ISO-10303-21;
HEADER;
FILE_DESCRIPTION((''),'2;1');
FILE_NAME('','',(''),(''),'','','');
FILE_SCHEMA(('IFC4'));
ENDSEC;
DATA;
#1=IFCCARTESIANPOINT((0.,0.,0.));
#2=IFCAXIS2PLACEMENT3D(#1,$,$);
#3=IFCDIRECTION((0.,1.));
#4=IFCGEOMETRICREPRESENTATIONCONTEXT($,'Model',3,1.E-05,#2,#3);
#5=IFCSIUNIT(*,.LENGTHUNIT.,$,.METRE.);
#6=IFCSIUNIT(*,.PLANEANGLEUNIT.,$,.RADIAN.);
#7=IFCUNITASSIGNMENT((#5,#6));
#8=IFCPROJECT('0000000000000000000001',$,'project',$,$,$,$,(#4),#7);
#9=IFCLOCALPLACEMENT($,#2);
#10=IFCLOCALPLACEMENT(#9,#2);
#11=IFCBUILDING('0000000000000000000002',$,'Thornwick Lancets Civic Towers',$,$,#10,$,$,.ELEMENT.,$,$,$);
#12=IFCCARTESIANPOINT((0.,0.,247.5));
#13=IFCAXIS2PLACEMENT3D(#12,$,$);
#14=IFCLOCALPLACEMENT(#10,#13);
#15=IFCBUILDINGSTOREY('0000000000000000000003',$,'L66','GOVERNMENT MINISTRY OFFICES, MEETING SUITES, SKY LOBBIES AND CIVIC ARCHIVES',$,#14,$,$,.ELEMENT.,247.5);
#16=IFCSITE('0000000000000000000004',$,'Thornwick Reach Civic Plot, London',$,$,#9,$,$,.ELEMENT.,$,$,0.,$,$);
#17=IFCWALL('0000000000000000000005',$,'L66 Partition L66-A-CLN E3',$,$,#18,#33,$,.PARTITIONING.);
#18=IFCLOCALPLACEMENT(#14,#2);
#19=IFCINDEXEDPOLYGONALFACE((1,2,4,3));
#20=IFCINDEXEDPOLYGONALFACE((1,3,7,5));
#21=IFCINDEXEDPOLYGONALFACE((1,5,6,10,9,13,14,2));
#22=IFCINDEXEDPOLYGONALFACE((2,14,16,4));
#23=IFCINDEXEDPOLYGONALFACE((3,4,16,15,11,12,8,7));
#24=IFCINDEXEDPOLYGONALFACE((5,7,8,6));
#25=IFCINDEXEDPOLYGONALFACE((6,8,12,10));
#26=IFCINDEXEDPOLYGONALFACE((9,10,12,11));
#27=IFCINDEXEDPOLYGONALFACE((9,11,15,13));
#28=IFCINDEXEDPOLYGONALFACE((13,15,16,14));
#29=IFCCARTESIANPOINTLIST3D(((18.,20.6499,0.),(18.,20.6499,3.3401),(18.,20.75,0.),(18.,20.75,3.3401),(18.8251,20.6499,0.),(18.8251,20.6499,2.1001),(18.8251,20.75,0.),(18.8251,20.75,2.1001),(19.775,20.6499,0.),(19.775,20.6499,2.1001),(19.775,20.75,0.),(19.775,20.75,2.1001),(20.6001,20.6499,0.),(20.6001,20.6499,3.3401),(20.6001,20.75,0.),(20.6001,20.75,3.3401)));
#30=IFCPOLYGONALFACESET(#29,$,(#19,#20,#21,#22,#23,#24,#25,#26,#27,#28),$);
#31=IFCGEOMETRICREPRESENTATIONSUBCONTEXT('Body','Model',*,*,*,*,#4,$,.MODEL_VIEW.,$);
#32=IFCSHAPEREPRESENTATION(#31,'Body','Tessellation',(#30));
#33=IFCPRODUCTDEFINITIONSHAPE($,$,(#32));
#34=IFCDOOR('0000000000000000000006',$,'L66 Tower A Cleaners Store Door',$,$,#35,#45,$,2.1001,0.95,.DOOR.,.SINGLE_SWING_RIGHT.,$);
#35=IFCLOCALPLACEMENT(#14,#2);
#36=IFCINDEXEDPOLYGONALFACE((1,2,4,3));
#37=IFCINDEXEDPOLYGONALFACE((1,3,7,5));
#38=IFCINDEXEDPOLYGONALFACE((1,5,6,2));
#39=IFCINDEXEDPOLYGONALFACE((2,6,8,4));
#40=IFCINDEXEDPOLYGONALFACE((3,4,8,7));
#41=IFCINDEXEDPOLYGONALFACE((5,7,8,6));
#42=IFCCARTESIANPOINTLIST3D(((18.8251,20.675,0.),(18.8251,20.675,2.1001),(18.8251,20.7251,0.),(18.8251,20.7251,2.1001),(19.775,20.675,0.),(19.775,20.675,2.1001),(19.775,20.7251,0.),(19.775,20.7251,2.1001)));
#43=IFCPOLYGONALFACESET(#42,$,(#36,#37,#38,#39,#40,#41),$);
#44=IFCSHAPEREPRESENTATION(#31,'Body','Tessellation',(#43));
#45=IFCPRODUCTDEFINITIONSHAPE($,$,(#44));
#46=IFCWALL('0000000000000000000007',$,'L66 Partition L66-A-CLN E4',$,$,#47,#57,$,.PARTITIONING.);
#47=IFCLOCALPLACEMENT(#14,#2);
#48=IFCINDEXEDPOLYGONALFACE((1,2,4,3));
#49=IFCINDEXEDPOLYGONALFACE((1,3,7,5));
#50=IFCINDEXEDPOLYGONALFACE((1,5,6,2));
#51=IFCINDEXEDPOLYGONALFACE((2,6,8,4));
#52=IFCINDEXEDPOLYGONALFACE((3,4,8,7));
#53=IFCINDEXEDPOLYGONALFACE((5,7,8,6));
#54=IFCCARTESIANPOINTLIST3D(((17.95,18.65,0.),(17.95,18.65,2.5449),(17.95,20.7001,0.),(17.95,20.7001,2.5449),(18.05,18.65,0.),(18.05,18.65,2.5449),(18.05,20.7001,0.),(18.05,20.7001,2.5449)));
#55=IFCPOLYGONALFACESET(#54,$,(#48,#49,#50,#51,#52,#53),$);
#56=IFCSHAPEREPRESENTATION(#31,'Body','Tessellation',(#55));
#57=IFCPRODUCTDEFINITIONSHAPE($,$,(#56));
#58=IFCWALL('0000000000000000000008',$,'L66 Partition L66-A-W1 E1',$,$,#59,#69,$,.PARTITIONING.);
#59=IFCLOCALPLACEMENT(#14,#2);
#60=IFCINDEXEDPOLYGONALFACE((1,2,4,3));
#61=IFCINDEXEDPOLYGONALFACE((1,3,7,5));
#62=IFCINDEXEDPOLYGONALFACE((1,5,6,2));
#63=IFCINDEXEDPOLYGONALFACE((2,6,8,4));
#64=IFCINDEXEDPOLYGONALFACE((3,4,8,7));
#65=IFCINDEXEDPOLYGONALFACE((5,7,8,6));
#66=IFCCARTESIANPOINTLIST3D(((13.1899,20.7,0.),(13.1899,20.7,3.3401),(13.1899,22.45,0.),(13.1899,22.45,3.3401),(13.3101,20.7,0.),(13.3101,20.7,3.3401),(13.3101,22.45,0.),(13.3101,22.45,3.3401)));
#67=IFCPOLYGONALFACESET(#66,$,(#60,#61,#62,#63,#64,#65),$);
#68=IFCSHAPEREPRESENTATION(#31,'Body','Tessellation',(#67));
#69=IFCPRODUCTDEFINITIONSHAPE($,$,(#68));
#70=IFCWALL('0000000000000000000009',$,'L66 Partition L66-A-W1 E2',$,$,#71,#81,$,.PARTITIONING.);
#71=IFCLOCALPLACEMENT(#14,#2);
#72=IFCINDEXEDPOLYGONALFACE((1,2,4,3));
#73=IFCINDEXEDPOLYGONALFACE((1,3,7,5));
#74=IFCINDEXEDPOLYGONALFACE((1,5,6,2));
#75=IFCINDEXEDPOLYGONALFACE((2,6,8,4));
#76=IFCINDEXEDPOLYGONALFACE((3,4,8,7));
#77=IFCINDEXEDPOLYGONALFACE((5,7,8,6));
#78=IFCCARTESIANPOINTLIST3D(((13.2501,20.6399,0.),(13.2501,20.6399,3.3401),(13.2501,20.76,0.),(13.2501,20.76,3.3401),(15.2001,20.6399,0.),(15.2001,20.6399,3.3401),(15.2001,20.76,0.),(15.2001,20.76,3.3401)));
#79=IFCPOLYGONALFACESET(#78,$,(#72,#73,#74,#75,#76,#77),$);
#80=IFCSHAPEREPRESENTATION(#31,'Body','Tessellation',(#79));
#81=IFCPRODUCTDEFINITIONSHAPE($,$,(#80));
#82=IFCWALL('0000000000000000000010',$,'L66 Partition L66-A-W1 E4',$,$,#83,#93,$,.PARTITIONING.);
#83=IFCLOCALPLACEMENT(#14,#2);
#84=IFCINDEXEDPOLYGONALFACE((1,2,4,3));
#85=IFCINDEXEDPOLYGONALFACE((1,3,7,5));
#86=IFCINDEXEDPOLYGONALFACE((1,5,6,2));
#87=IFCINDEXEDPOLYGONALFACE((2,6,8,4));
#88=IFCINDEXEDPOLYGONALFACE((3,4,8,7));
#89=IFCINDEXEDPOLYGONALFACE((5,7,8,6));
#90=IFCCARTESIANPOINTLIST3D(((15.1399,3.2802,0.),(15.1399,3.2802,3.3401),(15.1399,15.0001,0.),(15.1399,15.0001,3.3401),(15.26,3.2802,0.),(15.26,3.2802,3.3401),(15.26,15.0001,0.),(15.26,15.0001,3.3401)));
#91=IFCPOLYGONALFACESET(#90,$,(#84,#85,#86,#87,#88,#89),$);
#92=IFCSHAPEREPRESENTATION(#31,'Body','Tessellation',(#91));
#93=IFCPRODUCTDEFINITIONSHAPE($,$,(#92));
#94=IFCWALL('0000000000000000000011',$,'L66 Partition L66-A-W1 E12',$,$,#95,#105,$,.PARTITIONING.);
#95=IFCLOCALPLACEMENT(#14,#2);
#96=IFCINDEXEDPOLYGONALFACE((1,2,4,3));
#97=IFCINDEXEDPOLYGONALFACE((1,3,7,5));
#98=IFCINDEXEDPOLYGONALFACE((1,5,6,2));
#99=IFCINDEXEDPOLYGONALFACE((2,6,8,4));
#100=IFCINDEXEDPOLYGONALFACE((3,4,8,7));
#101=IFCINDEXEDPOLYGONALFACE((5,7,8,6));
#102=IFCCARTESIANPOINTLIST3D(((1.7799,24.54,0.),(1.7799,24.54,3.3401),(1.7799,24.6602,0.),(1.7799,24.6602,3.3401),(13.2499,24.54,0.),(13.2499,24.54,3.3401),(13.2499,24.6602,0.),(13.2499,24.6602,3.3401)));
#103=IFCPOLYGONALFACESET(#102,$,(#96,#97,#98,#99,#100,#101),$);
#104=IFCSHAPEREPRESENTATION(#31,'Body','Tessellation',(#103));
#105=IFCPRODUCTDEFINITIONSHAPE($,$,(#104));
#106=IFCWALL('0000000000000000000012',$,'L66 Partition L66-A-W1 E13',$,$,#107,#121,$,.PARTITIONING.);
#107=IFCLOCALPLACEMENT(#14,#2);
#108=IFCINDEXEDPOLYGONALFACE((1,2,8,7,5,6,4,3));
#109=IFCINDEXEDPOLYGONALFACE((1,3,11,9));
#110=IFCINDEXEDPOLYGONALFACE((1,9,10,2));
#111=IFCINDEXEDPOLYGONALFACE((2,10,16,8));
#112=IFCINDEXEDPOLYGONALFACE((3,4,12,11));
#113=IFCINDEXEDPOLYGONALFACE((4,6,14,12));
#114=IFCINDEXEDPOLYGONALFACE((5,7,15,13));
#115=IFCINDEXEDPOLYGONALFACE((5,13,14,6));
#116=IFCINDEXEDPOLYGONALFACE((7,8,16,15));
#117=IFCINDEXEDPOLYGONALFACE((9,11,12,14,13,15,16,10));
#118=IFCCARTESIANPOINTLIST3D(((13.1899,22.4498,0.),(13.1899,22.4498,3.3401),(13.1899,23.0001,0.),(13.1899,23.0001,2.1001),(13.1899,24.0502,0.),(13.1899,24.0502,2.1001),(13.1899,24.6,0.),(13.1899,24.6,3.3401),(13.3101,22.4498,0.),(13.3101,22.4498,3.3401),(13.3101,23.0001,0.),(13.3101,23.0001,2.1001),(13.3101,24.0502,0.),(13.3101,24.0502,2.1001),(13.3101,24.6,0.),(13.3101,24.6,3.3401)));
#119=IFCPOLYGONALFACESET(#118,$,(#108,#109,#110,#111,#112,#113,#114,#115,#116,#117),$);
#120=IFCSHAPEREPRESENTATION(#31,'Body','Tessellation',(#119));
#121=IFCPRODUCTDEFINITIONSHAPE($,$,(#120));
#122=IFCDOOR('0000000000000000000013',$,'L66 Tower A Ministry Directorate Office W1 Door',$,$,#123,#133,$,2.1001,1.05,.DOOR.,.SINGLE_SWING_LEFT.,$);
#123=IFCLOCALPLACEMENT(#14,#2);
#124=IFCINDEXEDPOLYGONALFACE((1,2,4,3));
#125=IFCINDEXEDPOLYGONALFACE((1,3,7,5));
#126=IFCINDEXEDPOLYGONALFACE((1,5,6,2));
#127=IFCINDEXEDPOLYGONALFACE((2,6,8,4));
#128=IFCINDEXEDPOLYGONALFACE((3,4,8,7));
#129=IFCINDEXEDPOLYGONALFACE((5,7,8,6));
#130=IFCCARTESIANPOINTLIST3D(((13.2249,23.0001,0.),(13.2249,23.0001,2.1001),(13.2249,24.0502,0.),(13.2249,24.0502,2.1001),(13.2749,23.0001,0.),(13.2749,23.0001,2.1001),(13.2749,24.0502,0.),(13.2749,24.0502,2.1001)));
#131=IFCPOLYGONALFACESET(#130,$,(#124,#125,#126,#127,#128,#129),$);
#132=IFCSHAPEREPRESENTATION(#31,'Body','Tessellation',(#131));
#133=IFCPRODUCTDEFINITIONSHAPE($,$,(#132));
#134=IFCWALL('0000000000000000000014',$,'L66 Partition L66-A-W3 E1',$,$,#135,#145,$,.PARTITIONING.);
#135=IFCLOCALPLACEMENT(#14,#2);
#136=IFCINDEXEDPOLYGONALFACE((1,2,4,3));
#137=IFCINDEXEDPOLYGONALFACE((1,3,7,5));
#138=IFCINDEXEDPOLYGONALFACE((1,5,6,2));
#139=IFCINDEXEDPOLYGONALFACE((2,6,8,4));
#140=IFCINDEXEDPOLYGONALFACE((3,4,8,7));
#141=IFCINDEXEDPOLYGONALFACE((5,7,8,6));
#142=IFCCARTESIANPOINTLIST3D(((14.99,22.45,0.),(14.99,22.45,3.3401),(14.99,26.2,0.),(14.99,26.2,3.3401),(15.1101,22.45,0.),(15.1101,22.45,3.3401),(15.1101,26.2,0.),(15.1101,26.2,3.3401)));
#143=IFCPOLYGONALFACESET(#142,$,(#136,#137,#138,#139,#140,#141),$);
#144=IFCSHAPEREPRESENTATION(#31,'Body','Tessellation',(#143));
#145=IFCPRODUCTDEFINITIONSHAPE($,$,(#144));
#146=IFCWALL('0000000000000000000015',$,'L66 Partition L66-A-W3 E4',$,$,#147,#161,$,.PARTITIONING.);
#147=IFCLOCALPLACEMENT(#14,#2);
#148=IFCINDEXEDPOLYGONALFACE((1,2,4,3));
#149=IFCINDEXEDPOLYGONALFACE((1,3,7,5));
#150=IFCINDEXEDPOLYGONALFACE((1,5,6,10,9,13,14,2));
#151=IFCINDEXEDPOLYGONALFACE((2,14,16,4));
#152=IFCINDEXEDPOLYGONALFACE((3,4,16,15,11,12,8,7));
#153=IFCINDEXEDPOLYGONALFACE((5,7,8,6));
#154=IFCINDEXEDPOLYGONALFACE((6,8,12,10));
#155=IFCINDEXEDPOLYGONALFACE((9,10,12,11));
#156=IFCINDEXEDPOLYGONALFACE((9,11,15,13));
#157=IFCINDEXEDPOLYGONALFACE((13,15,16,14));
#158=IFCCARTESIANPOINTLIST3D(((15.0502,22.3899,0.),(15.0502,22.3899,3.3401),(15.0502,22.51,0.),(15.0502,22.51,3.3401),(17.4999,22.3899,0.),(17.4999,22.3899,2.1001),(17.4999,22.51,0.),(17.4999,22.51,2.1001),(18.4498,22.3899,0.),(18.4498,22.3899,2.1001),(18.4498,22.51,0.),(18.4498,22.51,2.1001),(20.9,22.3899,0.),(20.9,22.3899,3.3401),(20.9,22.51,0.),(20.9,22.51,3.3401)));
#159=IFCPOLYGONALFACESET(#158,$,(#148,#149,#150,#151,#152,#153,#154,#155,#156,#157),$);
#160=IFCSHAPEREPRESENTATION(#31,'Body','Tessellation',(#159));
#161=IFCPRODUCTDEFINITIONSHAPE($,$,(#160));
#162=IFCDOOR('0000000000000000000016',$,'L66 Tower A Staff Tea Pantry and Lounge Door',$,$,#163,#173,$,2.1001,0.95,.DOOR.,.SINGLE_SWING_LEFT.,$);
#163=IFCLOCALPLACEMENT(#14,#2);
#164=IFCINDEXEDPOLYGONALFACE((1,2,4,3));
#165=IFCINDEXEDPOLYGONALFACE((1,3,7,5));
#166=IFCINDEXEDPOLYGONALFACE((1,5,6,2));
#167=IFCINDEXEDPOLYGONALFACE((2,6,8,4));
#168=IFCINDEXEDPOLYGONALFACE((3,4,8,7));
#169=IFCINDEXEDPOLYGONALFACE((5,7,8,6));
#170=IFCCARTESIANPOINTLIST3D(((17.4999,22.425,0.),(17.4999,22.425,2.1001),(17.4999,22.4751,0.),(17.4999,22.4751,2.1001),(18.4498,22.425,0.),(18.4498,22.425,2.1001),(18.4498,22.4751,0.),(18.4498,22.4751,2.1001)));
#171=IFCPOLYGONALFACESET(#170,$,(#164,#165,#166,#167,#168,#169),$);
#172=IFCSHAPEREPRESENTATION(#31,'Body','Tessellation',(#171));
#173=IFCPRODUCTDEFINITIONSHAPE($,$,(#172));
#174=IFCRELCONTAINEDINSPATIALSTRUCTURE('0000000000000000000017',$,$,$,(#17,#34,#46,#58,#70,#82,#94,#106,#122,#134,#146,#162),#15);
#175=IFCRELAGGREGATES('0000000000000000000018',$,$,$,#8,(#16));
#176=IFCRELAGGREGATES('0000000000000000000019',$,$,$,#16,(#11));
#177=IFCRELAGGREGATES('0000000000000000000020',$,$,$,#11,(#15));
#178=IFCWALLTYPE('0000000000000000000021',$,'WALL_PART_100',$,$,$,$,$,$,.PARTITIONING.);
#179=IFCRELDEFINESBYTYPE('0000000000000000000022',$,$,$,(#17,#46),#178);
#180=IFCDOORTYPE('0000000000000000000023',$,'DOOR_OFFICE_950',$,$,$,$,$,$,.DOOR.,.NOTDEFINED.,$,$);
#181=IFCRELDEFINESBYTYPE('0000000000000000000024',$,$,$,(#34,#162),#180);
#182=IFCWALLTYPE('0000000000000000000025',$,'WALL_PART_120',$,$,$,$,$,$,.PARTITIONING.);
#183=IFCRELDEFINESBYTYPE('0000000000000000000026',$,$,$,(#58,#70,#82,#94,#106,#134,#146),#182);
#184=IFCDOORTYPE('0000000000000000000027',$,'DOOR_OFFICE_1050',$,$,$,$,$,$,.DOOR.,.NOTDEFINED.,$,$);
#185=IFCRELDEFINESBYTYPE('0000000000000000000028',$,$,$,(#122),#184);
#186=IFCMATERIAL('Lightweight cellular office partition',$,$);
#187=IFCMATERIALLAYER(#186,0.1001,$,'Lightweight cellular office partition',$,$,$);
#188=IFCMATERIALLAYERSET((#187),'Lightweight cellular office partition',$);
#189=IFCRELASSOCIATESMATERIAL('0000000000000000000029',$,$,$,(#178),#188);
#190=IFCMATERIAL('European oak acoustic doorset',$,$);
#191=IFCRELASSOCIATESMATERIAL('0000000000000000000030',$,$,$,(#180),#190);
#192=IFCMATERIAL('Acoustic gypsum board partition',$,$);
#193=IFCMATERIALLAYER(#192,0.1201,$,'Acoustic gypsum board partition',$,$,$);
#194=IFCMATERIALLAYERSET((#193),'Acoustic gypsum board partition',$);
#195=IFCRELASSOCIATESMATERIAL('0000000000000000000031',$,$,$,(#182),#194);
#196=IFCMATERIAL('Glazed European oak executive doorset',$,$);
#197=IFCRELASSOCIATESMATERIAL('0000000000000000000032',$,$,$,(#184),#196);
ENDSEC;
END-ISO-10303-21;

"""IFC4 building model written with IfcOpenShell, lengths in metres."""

from ifc_helpers import new_model, si_unit, direction, frame, frame_2d, origin, place, context, subcontext, project, spatial, rectangle, extrude, material, layer, layer_set, type_object, element, fill, save


model = new_model("IFC4")

# Units and contexts
model_context = context("Model", 3, precision=1e-05, world=origin(), true_north=direction((0.0, 1.0)))
body_context = subcontext(model_context, "Body", "Model", "MODEL_VIEW")
ifc_project = project(units=[si_unit("LENGTHUNIT", "METRE"), si_unit("PLANEANGLEUNIT", "RADIAN")], contexts=[model_context])

# Site, building, storey
site_placement = place(None, origin())
site = spatial("IfcSite", under=ifc_project, at=site_placement, Name="Thornwick Reach Civic Plot, London", CompositionType="ELEMENT", RefElevation=0.0)
building_placement = place(site_placement, origin())
building = spatial("IfcBuilding", under=site, at=building_placement, Name="Thornwick Lancets Civic Towers", CompositionType="ELEMENT")
storey_placement = place(building_placement, frame((0.0, 0.0, 247.5)))
storey = spatial("IfcBuildingStorey", under=building, at=storey_placement, Name="L66", Description="GOVERNMENT MINISTRY OFFICES, MEETING SUITES, SKY LOBBIES AND CIVIC ARCHIVES", CompositionType="ELEMENT", Elevation=247.5)

# Shared definitions
ifc_material_1 = material(Name="Lightweight cellular office partition")
ifc_layer_1 = layer(ifc_material_1, 0.1001, Name="Lightweight cellular office partition")
ifc_layer_set_1 = layer_set([ifc_layer_1], Name="Lightweight cellular office partition")
wall_type_1 = type_object("IfcWallType", Name="WALL_PART_100", PredefinedType="PARTITIONING", material=ifc_layer_set_1)

# Wall, opening, door
wall_1_placement = place(storey_placement, frame((20.6001, 20.7, 0.0), z_axis=(0.0, 0.0, 1.0), x_axis=(-1.0, 0.0, 0.0)))
wall_1 = element("IfcWall", 1, at=wall_1_placement, inside=storey, type_object=wall_type_1, Name="L66 Partition L66-A-CLN E3", PredefinedType="PARTITIONING", context=body_context, shape_type="SweptSolid", body=[
    extrude(rectangle(XDim=2.6001, YDim=0.1001, at=frame_2d((1.3, 0.0))), origin(), (0.0, 0.0, 1.0), 3.3401),
])
opening_1_placement = place(wall_1_placement, frame((0.825, 0.0, 0.0)))
opening_1 = element("IfcOpeningElement", 2, at=opening_1_placement, cuts=wall_1, PredefinedType="OPENING", context=body_context, shape_type="SweptSolid", body=[
    extrude(rectangle(XDim=0.95, YDim=2.1001, at=frame_2d((0.4751, 1.05))), frame((0.0, 0.0601, 0.0), z_axis=(0.0, -1.0, 0.0), x_axis=(1.0, 0.0, 0.0)), (0.0, 0.0, 1.0), 0.1201),
])
ifc_material_2 = material(Name="European oak acoustic doorset")
door_type_1 = type_object("IfcDoorType", Name="DOOR_OFFICE_950", OperationType="NOTDEFINED", PredefinedType="DOOR", material=ifc_material_2)
door_1_placement = place(opening_1_placement, origin())
door_1 = element("IfcDoor", 3, at=door_1_placement, inside=storey, type_object=door_type_1, Name="L66 Tower A Cleaners Store Door", OperationType="SINGLE_SWING_RIGHT", OverallHeight=2.1001, OverallWidth=0.95, PredefinedType="DOOR", context=body_context, shape_type="SweptSolid", body=[
    extrude(rectangle(XDim=0.95, YDim=2.1001, at=frame_2d((0.4751, 1.05))), frame((0.0, 0.0249, 0.0), z_axis=(0.0, -1.0, 0.0), x_axis=(1.0, 0.0, 0.0)), (0.0, 0.0, 1.0), 0.05),
])
fill(opening_1, door_1)

# Walls
wall_2_placement = place(storey_placement, frame((18.0, 20.7, 0.0), z_axis=(0.0, 0.0, 1.0), x_axis=(0.0, -1.0, 0.0)))
element("IfcWall", 4, at=wall_2_placement, inside=storey, type_object=wall_type_1, Name="L66 Partition L66-A-CLN E4", PredefinedType="PARTITIONING", context=body_context, shape_type="SweptSolid", body=[
    extrude(rectangle(XDim=2.05, YDim=0.1001, at=frame_2d((1.0249, 0.0))), origin(), (0.0, 0.0, 1.0), 2.5449),
])
ifc_material_3 = material(Name="Acoustic gypsum board partition")
ifc_layer_2 = layer(ifc_material_3, 0.1201, Name="Acoustic gypsum board partition")
ifc_layer_set_2 = layer_set([ifc_layer_2], Name="Acoustic gypsum board partition")
wall_type_2 = type_object("IfcWallType", Name="WALL_PART_120", PredefinedType="PARTITIONING", material=ifc_layer_set_2)
wall_3_placement = place(storey_placement, frame((13.25, 22.45, 0.0), z_axis=(0.0, 0.0, 1.0), x_axis=(0.0, -1.0, 0.0)))
element("IfcWall", 5, at=wall_3_placement, inside=storey, type_object=wall_type_2, Name="L66 Partition L66-A-W1 E1", PredefinedType="PARTITIONING", context=body_context, shape_type="SweptSolid", body=[
    extrude(rectangle(XDim=1.75, YDim=0.1201, at=frame_2d((0.875, 0.0))), origin(), (0.0, 0.0, 1.0), 3.3401),
])
wall_4_placement = place(storey_placement, frame((13.25, 20.7, 0.0), z_axis=(0.0, 0.0, 1.0), x_axis=(1.0, 0.0, 0.0)))
element("IfcWall", 6, at=wall_4_placement, inside=storey, type_object=wall_type_2, Name="L66 Partition L66-A-W1 E2", PredefinedType="PARTITIONING", context=body_context, shape_type="SweptSolid", body=[
    extrude(rectangle(XDim=1.95, YDim=0.1201, at=frame_2d((0.9751, 0.0))), origin(), (0.0, 0.0, 1.0), 3.3401),
])
wall_5_placement = place(storey_placement, frame((15.2, 15.0, 0.0), z_axis=(0.0, 0.0, 1.0), x_axis=(0.0, -1.0, 0.0)))
element("IfcWall", 7, at=wall_5_placement, inside=storey, type_object=wall_type_2, Name="L66 Partition L66-A-W1 E4", PredefinedType="PARTITIONING", context=body_context, shape_type="SweptSolid", body=[
    extrude(rectangle(XDim=11.72, YDim=0.1201, at=frame_2d((5.8599, 0.0))), origin(), (0.0, 0.0, 1.0), 3.3401),
])
wall_6_placement = place(storey_placement, frame((1.78, 24.6001, 0.0), z_axis=(0.0, 0.0, 1.0), x_axis=(1.0, 0.0, 0.0)))
element("IfcWall", 8, at=wall_6_placement, inside=storey, type_object=wall_type_2, Name="L66 Partition L66-A-W1 E12", PredefinedType="PARTITIONING", context=body_context, shape_type="SweptSolid", body=[
    extrude(rectangle(XDim=11.47, YDim=0.1201, at=frame_2d((5.7349, 0.0))), origin(), (0.0, 0.0, 1.0), 3.3401),
])

# Wall, opening, door
wall_7_placement = place(storey_placement, frame((13.25, 24.6001, 0.0), z_axis=(0.0, 0.0, 1.0), x_axis=(0.0, -1.0, 0.0)))
wall_7 = element("IfcWall", 9, at=wall_7_placement, inside=storey, type_object=wall_type_2, Name="L66 Partition L66-A-W1 E13", PredefinedType="PARTITIONING", context=body_context, shape_type="SweptSolid", body=[
    extrude(rectangle(XDim=2.1501, YDim=0.1201, at=frame_2d((1.0752, 0.0))), origin(), (0.0, 0.0, 1.0), 3.3401),
])
opening_2_placement = place(wall_7_placement, frame((0.55, 0.0, 0.0)))
opening_2 = element("IfcOpeningElement", 10, at=opening_2_placement, cuts=wall_7, PredefinedType="OPENING", context=body_context, shape_type="SweptSolid", body=[
    extrude(rectangle(XDim=1.05, YDim=2.1001, at=frame_2d((0.5249, 1.05))), frame((0.0, 0.0701, 0.0), z_axis=(0.0, -1.0, 0.0), x_axis=(1.0, 0.0, 0.0)), (0.0, 0.0, 1.0), 0.1401),
])
ifc_material_4 = material(Name="Glazed European oak executive doorset")
door_type_2 = type_object("IfcDoorType", Name="DOOR_OFFICE_1050", OperationType="NOTDEFINED", PredefinedType="DOOR", material=ifc_material_4)
door_2_placement = place(opening_2_placement, origin())
door_2 = element("IfcDoor", 11, at=door_2_placement, inside=storey, type_object=door_type_2, Name="L66 Tower A Ministry Directorate Office W1 Door", OperationType="SINGLE_SWING_LEFT", OverallHeight=2.1001, OverallWidth=1.05, PredefinedType="DOOR", context=body_context, shape_type="SweptSolid", body=[
    extrude(rectangle(XDim=1.05, YDim=2.1001, at=frame_2d((0.5249, 1.05))), frame((0.0, 0.0249, 0.0), z_axis=(0.0, -1.0, 0.0), x_axis=(1.0, 0.0, 0.0)), (0.0, 0.0, 1.0), 0.05),
])
fill(opening_2, door_2)

# Wall
wall_8_placement = place(storey_placement, frame((15.05, 22.45, 0.0), z_axis=(0.0, 0.0, 1.0), x_axis=(0.0, 1.0, 0.0)))
element("IfcWall", 12, at=wall_8_placement, inside=storey, type_object=wall_type_2, Name="L66 Partition L66-A-W3 E1", PredefinedType="PARTITIONING", context=body_context, shape_type="SweptSolid", body=[
    extrude(rectangle(XDim=3.75, YDim=0.1201, at=frame_2d((1.875, 0.0))), origin(), (0.0, 0.0, 1.0), 3.3401),
])

# Wall, opening, door
wall_9_placement = place(storey_placement, frame((20.8999, 22.45, 0.0), z_axis=(0.0, 0.0, 1.0), x_axis=(-1.0, 0.0, 0.0)))
wall_9 = element("IfcWall", 13, at=wall_9_placement, inside=storey, type_object=wall_type_2, Name="L66 Partition L66-A-W3 E4", PredefinedType="PARTITIONING", context=body_context, shape_type="SweptSolid", body=[
    extrude(rectangle(XDim=5.8499, YDim=0.1201, at=frame_2d((2.9248, 0.0))), origin(), (0.0, 0.0, 1.0), 3.3401),
])
opening_3_placement = place(wall_9_placement, frame((2.45, 0.0, 0.0)))
opening_3 = element("IfcOpeningElement", 14, at=opening_3_placement, cuts=wall_9, PredefinedType="OPENING", context=body_context, shape_type="SweptSolid", body=[
    extrude(rectangle(XDim=0.95, YDim=2.1001, at=frame_2d((0.4751, 1.05))), frame((0.0, 0.0701, 0.0), z_axis=(0.0, -1.0, 0.0), x_axis=(1.0, 0.0, 0.0)), (0.0, 0.0, 1.0), 0.1401),
])
door_3_placement = place(opening_3_placement, origin())
door_3 = element("IfcDoor", 15, at=door_3_placement, inside=storey, type_object=door_type_1, Name="L66 Tower A Staff Tea Pantry and Lounge Door", OperationType="SINGLE_SWING_LEFT", OverallHeight=2.1001, OverallWidth=0.95, PredefinedType="DOOR", context=body_context, shape_type="SweptSolid", body=[
    extrude(rectangle(XDim=0.95, YDim=2.1001, at=frame_2d((0.4751, 1.05))), frame((0.0, 0.0249, 0.0), z_axis=(0.0, -1.0, 0.0), x_axis=(1.0, 0.0, 0.0)), (0.0, 0.0, 1.0), 0.05),
])
fill(opening_3, door_3)

save(model, "model.ifc")
